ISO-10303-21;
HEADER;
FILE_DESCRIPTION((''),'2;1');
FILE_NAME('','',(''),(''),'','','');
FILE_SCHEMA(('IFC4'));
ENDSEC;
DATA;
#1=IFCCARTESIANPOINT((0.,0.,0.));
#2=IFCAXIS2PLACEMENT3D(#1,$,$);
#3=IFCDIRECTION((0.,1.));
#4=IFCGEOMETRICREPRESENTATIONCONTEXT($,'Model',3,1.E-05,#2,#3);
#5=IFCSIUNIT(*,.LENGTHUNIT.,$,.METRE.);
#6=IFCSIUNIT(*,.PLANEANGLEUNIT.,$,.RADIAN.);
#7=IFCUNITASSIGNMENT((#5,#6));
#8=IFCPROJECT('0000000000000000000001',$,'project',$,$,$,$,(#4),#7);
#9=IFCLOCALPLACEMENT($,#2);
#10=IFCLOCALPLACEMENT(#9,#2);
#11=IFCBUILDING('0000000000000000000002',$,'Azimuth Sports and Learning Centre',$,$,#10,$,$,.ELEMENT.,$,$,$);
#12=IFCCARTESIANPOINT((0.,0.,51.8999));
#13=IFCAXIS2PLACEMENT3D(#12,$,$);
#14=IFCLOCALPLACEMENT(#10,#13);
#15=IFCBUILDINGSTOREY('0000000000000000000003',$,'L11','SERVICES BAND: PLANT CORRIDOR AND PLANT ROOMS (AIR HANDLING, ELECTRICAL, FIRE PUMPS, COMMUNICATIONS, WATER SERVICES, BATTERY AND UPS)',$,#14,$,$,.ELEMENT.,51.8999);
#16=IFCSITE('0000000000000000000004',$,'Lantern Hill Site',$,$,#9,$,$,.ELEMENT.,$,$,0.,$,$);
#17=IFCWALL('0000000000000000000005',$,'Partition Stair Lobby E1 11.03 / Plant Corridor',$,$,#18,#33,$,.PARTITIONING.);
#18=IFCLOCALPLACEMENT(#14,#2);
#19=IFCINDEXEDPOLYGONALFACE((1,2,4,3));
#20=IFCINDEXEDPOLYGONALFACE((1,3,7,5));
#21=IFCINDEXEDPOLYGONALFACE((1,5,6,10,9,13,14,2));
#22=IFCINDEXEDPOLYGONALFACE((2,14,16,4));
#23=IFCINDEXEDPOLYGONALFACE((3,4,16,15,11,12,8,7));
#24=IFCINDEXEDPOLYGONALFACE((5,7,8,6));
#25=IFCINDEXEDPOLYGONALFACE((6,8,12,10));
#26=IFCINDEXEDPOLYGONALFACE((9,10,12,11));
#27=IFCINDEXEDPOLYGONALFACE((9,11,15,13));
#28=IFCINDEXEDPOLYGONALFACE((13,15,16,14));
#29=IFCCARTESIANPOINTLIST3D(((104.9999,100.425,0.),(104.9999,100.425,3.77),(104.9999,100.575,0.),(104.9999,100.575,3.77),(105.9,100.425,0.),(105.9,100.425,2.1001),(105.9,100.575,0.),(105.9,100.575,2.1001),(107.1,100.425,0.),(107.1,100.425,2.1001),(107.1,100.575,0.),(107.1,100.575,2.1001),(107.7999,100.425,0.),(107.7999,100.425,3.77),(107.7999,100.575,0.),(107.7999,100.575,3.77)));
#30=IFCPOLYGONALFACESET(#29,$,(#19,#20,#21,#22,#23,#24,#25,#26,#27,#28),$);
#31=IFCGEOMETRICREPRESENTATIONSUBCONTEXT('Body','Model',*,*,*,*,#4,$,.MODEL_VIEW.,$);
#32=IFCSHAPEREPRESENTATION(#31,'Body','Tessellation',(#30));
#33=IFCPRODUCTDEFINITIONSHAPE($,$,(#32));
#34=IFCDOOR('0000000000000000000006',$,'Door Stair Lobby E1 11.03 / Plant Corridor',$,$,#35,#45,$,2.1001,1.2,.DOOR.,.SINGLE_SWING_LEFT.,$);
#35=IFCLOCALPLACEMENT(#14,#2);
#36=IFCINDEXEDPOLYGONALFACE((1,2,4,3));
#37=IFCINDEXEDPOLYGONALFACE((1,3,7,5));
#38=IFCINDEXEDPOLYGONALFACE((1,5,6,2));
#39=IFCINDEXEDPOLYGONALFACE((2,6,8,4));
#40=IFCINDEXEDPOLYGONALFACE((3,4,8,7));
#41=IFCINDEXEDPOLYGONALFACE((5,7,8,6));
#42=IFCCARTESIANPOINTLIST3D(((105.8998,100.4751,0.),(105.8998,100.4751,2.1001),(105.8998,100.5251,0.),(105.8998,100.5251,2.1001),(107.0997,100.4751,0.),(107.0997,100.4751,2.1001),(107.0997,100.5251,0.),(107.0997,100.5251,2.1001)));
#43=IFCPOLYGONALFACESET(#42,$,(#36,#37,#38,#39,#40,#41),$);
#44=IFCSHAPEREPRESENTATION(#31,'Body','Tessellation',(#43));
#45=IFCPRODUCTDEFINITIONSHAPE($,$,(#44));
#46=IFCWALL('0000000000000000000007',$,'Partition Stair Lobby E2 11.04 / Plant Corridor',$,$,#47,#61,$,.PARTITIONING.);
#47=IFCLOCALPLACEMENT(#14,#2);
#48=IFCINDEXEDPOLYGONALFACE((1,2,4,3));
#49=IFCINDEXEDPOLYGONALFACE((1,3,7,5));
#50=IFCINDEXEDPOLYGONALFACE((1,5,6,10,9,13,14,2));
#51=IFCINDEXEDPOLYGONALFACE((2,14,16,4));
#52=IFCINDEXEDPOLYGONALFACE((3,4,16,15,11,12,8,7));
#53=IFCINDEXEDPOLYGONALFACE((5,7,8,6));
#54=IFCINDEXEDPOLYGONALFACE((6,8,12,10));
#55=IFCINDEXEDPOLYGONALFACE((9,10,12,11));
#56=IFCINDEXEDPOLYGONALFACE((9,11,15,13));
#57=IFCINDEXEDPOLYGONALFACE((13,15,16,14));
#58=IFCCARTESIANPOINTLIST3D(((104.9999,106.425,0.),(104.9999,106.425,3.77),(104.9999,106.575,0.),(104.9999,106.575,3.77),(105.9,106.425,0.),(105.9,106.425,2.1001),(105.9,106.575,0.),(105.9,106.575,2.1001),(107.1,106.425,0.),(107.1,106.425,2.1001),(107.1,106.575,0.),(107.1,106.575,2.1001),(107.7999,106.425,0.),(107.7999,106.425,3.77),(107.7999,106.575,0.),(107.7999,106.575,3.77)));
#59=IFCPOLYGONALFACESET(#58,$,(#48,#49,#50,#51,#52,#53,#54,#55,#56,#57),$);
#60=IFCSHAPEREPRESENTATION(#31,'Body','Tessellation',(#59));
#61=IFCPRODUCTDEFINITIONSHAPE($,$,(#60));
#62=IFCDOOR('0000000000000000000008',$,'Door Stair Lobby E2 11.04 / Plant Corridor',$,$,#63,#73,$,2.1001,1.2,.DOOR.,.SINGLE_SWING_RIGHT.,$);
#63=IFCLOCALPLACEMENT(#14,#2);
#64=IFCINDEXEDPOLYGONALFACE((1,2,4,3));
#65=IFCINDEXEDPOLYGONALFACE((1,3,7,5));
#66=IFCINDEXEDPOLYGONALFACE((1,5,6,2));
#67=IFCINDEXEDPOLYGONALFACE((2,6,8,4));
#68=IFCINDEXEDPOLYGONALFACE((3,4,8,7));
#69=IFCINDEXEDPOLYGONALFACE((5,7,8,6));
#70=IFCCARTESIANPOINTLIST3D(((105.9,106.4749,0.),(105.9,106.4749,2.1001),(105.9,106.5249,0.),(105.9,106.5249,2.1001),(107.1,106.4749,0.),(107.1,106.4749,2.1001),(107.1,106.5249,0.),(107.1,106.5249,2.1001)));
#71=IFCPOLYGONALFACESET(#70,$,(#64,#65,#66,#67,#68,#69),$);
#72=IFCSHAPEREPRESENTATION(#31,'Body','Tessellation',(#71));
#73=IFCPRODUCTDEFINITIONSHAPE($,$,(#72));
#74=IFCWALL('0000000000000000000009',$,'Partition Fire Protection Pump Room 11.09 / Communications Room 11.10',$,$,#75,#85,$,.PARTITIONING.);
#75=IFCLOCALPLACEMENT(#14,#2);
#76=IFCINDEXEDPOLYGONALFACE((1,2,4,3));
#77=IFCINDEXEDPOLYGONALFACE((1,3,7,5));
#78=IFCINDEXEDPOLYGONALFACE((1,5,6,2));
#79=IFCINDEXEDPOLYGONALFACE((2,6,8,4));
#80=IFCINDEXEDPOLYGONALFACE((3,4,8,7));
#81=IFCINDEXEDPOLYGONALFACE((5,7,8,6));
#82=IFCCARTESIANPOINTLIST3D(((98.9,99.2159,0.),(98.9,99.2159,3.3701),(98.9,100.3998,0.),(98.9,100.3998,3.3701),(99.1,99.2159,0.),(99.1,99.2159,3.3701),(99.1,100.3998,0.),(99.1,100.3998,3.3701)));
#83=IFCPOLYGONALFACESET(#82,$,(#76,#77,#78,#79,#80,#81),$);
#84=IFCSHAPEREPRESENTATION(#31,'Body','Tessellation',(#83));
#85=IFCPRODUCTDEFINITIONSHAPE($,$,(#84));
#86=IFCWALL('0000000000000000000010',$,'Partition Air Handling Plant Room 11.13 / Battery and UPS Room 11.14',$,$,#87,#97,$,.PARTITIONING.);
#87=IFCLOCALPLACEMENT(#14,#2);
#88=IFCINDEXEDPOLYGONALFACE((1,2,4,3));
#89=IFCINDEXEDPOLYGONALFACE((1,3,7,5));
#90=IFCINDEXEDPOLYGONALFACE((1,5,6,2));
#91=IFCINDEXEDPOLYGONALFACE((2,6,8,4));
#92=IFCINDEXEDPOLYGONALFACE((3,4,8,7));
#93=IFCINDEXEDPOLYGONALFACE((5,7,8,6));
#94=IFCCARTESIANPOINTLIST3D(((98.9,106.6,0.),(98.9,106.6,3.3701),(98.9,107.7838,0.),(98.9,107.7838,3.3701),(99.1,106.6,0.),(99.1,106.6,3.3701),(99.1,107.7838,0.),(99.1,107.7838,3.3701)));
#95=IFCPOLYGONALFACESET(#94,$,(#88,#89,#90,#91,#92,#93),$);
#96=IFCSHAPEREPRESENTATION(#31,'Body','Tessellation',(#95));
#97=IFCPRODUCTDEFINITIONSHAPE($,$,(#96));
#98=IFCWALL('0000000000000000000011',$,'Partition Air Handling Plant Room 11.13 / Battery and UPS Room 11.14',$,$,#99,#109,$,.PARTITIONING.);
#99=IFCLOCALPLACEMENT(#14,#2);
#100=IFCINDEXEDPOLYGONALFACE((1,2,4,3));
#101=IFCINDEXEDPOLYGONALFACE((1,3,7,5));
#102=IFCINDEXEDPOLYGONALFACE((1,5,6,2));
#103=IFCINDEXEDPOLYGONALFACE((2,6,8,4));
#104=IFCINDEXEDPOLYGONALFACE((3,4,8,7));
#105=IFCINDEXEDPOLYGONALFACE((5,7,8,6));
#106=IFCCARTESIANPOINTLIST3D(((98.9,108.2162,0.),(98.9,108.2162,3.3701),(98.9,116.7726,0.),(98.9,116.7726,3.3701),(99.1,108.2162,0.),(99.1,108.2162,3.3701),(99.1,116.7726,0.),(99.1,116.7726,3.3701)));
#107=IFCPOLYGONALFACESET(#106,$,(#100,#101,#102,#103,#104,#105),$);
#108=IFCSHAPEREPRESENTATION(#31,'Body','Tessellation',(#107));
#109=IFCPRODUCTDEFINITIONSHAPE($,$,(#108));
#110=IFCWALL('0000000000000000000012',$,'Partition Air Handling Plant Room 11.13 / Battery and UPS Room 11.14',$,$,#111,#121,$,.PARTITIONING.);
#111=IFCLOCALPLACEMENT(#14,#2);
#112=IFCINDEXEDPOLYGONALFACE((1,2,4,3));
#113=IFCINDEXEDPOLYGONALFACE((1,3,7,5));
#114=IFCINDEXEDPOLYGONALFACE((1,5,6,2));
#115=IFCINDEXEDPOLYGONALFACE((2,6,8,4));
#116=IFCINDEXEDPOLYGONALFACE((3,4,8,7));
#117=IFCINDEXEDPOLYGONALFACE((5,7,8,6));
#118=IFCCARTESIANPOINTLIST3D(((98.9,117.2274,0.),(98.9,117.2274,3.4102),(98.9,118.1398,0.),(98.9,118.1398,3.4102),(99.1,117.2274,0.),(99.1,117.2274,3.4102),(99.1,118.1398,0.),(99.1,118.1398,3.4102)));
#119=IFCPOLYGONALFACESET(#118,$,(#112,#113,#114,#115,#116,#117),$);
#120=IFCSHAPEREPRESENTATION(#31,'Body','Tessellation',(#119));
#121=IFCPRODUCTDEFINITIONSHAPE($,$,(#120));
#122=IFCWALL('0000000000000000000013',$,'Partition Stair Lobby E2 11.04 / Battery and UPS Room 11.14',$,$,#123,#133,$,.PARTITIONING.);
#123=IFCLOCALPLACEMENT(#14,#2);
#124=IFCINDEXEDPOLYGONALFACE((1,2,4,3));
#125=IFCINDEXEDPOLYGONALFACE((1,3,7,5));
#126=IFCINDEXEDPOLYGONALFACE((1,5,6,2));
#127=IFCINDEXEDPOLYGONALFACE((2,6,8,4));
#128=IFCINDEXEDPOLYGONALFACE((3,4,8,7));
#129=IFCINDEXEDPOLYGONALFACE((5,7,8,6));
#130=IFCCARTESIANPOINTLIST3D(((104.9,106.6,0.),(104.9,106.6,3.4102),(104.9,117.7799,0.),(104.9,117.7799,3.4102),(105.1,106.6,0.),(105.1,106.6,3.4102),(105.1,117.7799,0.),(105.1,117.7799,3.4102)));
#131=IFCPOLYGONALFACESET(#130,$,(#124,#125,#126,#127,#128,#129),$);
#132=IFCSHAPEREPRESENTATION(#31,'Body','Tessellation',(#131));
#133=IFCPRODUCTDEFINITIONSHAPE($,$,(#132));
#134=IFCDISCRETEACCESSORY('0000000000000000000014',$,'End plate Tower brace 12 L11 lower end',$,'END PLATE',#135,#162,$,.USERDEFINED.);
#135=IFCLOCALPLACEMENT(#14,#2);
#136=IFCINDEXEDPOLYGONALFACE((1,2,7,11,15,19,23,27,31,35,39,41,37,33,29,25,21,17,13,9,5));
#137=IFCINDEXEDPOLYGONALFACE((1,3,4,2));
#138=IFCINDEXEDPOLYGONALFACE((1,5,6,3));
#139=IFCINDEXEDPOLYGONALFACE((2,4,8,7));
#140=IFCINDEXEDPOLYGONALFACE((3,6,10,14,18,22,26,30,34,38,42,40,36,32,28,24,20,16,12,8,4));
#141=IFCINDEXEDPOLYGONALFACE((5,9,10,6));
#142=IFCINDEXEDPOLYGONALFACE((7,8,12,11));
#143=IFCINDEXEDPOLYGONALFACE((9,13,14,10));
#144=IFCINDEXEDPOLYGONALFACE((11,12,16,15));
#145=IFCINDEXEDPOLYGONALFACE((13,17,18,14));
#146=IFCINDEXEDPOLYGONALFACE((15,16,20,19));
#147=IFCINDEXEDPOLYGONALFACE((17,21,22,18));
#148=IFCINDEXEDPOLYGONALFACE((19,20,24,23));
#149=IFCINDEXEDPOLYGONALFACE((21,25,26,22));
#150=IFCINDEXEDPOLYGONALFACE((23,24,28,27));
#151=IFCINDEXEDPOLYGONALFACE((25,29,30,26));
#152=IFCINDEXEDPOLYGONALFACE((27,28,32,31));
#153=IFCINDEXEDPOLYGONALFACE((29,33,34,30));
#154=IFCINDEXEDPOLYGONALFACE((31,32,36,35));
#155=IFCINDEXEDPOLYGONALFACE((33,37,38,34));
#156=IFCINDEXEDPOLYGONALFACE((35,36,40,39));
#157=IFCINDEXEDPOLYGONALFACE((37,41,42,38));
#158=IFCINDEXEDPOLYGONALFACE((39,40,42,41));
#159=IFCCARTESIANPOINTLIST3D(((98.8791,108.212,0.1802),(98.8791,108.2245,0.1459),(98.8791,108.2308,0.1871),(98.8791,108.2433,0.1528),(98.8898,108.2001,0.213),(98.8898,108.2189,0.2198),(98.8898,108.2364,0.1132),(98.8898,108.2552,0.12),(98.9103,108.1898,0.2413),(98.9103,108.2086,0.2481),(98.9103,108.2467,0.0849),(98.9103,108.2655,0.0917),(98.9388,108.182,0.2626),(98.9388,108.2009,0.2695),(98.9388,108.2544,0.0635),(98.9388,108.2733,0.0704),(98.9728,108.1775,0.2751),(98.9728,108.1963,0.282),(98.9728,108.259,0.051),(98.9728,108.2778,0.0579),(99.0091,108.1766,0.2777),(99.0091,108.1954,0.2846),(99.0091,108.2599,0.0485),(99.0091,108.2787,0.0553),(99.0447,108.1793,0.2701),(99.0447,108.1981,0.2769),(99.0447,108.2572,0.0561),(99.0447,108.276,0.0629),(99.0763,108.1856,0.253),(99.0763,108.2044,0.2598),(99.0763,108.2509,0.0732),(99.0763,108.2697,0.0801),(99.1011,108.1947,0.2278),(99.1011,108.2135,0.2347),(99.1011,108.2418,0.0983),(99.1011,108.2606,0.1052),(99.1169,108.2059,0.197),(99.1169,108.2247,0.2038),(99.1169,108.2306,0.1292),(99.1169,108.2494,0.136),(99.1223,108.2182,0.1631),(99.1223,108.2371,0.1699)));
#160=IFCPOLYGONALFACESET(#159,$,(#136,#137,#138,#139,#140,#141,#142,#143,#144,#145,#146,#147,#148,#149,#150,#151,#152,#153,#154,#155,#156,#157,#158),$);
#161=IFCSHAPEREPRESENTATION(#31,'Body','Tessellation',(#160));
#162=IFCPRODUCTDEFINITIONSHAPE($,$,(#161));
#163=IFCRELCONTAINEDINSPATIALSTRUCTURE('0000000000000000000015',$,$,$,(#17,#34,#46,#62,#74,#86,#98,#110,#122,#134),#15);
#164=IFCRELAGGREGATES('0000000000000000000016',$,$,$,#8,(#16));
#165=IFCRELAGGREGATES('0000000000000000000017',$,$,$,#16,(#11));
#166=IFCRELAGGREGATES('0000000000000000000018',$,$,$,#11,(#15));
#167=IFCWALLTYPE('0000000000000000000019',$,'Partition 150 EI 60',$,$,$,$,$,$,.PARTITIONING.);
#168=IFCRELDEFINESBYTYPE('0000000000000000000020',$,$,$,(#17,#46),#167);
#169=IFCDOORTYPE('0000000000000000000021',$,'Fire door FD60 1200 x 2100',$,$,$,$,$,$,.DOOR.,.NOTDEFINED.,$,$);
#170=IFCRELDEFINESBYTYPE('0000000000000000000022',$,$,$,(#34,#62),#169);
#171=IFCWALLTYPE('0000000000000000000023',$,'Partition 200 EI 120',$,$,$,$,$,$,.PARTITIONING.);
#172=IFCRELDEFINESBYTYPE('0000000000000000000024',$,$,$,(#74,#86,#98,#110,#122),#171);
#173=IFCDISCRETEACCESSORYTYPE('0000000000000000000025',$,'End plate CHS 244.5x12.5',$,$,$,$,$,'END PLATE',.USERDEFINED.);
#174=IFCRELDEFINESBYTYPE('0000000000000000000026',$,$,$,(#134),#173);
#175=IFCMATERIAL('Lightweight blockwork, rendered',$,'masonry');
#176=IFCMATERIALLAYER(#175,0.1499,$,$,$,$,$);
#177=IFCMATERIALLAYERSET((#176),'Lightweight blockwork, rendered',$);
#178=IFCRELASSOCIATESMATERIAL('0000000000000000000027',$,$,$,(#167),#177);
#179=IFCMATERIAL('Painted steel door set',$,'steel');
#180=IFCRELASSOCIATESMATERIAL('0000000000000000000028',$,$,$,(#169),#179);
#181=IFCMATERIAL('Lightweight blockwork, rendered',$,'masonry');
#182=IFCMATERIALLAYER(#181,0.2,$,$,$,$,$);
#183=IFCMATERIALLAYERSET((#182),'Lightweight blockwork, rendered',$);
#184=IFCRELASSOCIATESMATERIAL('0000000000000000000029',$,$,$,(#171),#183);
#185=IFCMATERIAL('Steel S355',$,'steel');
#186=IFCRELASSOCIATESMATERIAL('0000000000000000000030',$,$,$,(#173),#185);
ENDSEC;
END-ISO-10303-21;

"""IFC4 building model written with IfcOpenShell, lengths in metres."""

from ifc_helpers import new_model, si_unit, direction, frame, frame_2d, origin, origin_2d, place, context, subcontext, project, spatial, rectangle, circle, extrude, material, layer, layer_set, material_profile, profile_set, type_object, element, fill, save


model = new_model("IFC4")

# Units and contexts
model_context = context("Model", 3, precision=1e-05, world=origin(), true_north=direction((0.0, 1.0)))
body_context = subcontext(model_context, "Body", "Model", "MODEL_VIEW")
ifc_project = project(units=[si_unit("LENGTHUNIT", "METRE"), si_unit("PLANEANGLEUNIT", "RADIAN")], contexts=[model_context])

# Site, building, storey
site_placement = place(None, origin())
site = spatial("IfcSite", under=ifc_project, at=site_placement, Name="Lantern Hill Site", CompositionType="ELEMENT", RefElevation=0.0)
building_placement = place(site_placement, origin())
building = spatial("IfcBuilding", under=site, at=building_placement, Name="Azimuth Sports and Learning Centre", CompositionType="ELEMENT")
storey_placement = place(building_placement, frame((0.0, 0.0, 51.8999)))
storey = spatial("IfcBuildingStorey", under=building, at=storey_placement, Name="L11", Description="SERVICES BAND: PLANT CORRIDOR AND PLANT ROOMS (AIR HANDLING, ELECTRICAL, FIRE PUMPS, COMMUNICATIONS, WATER SERVICES, BATTERY AND UPS)", CompositionType="ELEMENT", Elevation=51.8999)

# Walls, openings, doors
ifc_material_1 = material(Name="Lightweight blockwork, rendered", Category="masonry")
ifc_layer_1 = layer(ifc_material_1, 0.1499)
ifc_layer_set_1 = layer_set([ifc_layer_1], Name="Lightweight blockwork, rendered")
wall_type_1 = type_object("IfcWallType", Name="Partition 150 EI 60", PredefinedType="PARTITIONING", material=ifc_layer_set_1)
wall_1_placement = place(storey_placement, frame((105.0, 100.5, 0.0), z_axis=(0.0, 0.0, 1.0), x_axis=(1.0, 0.0, 0.0)))
wall_1 = element("IfcWall", 1, at=wall_1_placement, inside=storey, type_object=wall_type_1, Name="Partition Stair Lobby E1 11.03 / Plant Corridor", PredefinedType="PARTITIONING", context=body_context, shape_type="SweptSolid", body=[
    extrude(rectangle(XDim=2.8, YDim=0.1499, at=frame_2d((1.3999, 0.0))), origin(), (0.0, 0.0, 1.0), 3.77),
])
opening_1_placement = place(wall_1_placement, frame((0.8999, 0.0, 0.0)))
opening_1 = element("IfcOpeningElement", 2, at=opening_1_placement, cuts=wall_1, PredefinedType="OPENING", context=body_context, shape_type="SweptSolid", body=[
    extrude(rectangle(XDim=1.2, YDim=2.1001, at=frame_2d((0.6001, 1.05))), frame((0.0, 0.0859, 0.0), z_axis=(0.0, -1.0, 0.0), x_axis=(1.0, 0.0, 0.0)), (0.0, 0.0, 1.0), 0.1719),
])
ifc_material_2 = material(Name="Painted steel door set", Category="steel")
door_type = type_object("IfcDoorType", Name="Fire door FD60 1200 x 2100", OperationType="NOTDEFINED", PredefinedType="DOOR", material=ifc_material_2)
door_1_placement = place(opening_1_placement, frame((1.2, 0.0, 0.0), z_axis=(0.0, 0.0, 1.0), x_axis=(-1.0, 0.0, 0.0)))
door_1 = element("IfcDoor", 3, at=door_1_placement, inside=storey, type_object=door_type, Name="Door Stair Lobby E1 11.03 / Plant Corridor", OperationType="SINGLE_SWING_LEFT", OverallHeight=2.1001, OverallWidth=1.2, PredefinedType="DOOR", context=body_context, shape_type="SweptSolid", body=[
    extrude(rectangle(XDim=1.2, YDim=2.1001, at=frame_2d((0.6001, 1.05))), frame((0.0, 0.0249, 0.0), z_axis=(0.0, -1.0, 0.0), x_axis=(1.0, 0.0, 0.0)), (0.0, 0.0, 1.0), 0.05),
])
fill(opening_1, door_1)
wall_2_placement = place(storey_placement, frame((105.0, 106.5, 0.0), z_axis=(0.0, 0.0, 1.0), x_axis=(1.0, 0.0, 0.0)))
wall_2 = element("IfcWall", 4, at=wall_2_placement, inside=storey, type_object=wall_type_1, Name="Partition Stair Lobby E2 11.04 / Plant Corridor", PredefinedType="PARTITIONING", context=body_context, shape_type="SweptSolid", body=[
    extrude(rectangle(XDim=2.8, YDim=0.1499, at=frame_2d((1.3999, 0.0))), origin(), (0.0, 0.0, 1.0), 3.77),
])
opening_2_placement = place(wall_2_placement, frame((0.8999, 0.0, 0.0)))
opening_2 = element("IfcOpeningElement", 5, at=opening_2_placement, cuts=wall_2, PredefinedType="OPENING", context=body_context, shape_type="SweptSolid", body=[
    extrude(rectangle(XDim=1.2, YDim=2.1001, at=frame_2d((0.6001, 1.05))), frame((0.0, 0.0859, 0.0), z_axis=(0.0, -1.0, 0.0), x_axis=(1.0, 0.0, 0.0)), (0.0, 0.0, 1.0), 0.1719),
])
door_2_placement = place(opening_2_placement, origin())
door_2 = element("IfcDoor", 6, at=door_2_placement, inside=storey, type_object=door_type, Name="Door Stair Lobby E2 11.04 / Plant Corridor", OperationType="SINGLE_SWING_RIGHT", OverallHeight=2.1001, OverallWidth=1.2, PredefinedType="DOOR", context=body_context, shape_type="SweptSolid", body=[
    extrude(rectangle(XDim=1.2, YDim=2.1001, at=frame_2d((0.6001, 1.05))), frame((0.0, 0.0249, 0.0), z_axis=(0.0, -1.0, 0.0), x_axis=(1.0, 0.0, 0.0)), (0.0, 0.0, 1.0), 0.05),
])
fill(opening_2, door_2)

# Walls
ifc_material_3 = material(Name="Lightweight blockwork, rendered", Category="masonry")
ifc_layer_2 = layer(ifc_material_3, 0.2)
ifc_layer_set_2 = layer_set([ifc_layer_2], Name="Lightweight blockwork, rendered")
wall_type_2 = type_object("IfcWallType", Name="Partition 200 EI 120", PredefinedType="PARTITIONING", material=ifc_layer_set_2)
for number, where, z_axis, x_axis, name in (
    (7, (99.0, 99.2161, 0.0), (0.0, 0.0, 1.0), (0.0, 1.0, 0.0), "Partition Fire Protection Pump Room 11.09 / Communications Room 11.10"),
    (8, (99.0, 106.6001, 0.0), (0.0, 0.0, 1.0), (0.0, 1.0, 0.0), "Partition Air Handling Plant Room 11.13 / Battery and UPS Room 11.14"),
):
    element("IfcWall", number, at=place(storey_placement, frame(where, z_axis=z_axis, x_axis=x_axis)), inside=storey, type_object=wall_type_2, Name=name, PredefinedType="PARTITIONING", context=body_context, shape_type="SweptSolid", body=[
        extrude(rectangle(XDim=1.1838, YDim=0.2, at=frame_2d((0.5918, 0.0))), origin(), (0.0, 0.0, 1.0), 3.3701),
    ])
wall_3_placement = place(storey_placement, frame((99.0, 108.2161, 0.0), z_axis=(0.0, 0.0, 1.0), x_axis=(0.0, 1.0, 0.0)))
element("IfcWall", 9, at=wall_3_placement, inside=storey, type_object=wall_type_2, Name="Partition Air Handling Plant Room 11.13 / Battery and UPS Room 11.14", PredefinedType="PARTITIONING", context=body_context, shape_type="SweptSolid", body=[
    extrude(rectangle(XDim=8.5564, YDim=0.2, at=frame_2d((4.2783, 0.0))), origin(), (0.0, 0.0, 1.0), 3.3701),
])
wall_4_placement = place(storey_placement, frame((99.0, 117.2275, 0.0), z_axis=(0.0, 0.0, 1.0), x_axis=(0.0, 1.0, 0.0)))
element("IfcWall", 10, at=wall_4_placement, inside=storey, type_object=wall_type_2, Name="Partition Air Handling Plant Room 11.13 / Battery and UPS Room 11.14", PredefinedType="PARTITIONING", context=body_context, shape_type="SweptSolid", body=[
    extrude(rectangle(XDim=0.9124, YDim=0.2, at=frame_2d((0.4561, 0.0))), origin(), (0.0, 0.0, 1.0), 3.4102),
])
wall_5_placement = place(storey_placement, frame((105.0, 106.6001, 0.0), z_axis=(0.0, 0.0, 1.0), x_axis=(0.0, 1.0, 0.0)))
element("IfcWall", 11, at=wall_5_placement, inside=storey, type_object=wall_type_2, Name="Partition Stair Lobby E2 11.04 / Battery and UPS Room 11.14", PredefinedType="PARTITIONING", context=body_context, shape_type="SweptSolid", body=[
    extrude(rectangle(XDim=11.1799, YDim=0.2, at=frame_2d((5.5898, 0.0))), origin(), (0.0, 0.0, 1.0), 3.4102),
])

# Discrete accessory
ifc_material_4 = material(Name="Steel S355", Category="steel")
ifc_material_profile_1 = material_profile(ifc_material_4, circle(Radius=0.1223, at=origin_2d()), Name="PL 244 DISC")
ifc_profile_set_1 = profile_set([ifc_material_profile_1], Name="Steel S355")
discrete_accessory_type = type_object("IfcDiscreteAccessoryType", Name="End plate CHS 244.5x12.5", ElementType="END PLATE", PredefinedType="USERDEFINED", material=ifc_profile_set_1)
for number, where, z_axis, x_axis, name in (
    (12, (99.0, 108.2371, 0.1699), (0.0, -0.939793, -0.341743), (1.0, 0.0, 0.0), "End plate Tower brace 12 L11 lower end"),
):
    element("IfcDiscreteAccessory", number, at=place(storey_placement, frame(where, z_axis=z_axis, x_axis=x_axis)), inside=storey, type_object=discrete_accessory_type, Name=name, ObjectType="END PLATE", PredefinedType="USERDEFINED", context=body_context, shape_type="SweptSolid", body=[
        extrude(circle(Radius=0.1223, at=origin_2d()), origin(), (0.0, 0.0, 1.0), 0.02),
    ])

save(model, "model.ifc")
